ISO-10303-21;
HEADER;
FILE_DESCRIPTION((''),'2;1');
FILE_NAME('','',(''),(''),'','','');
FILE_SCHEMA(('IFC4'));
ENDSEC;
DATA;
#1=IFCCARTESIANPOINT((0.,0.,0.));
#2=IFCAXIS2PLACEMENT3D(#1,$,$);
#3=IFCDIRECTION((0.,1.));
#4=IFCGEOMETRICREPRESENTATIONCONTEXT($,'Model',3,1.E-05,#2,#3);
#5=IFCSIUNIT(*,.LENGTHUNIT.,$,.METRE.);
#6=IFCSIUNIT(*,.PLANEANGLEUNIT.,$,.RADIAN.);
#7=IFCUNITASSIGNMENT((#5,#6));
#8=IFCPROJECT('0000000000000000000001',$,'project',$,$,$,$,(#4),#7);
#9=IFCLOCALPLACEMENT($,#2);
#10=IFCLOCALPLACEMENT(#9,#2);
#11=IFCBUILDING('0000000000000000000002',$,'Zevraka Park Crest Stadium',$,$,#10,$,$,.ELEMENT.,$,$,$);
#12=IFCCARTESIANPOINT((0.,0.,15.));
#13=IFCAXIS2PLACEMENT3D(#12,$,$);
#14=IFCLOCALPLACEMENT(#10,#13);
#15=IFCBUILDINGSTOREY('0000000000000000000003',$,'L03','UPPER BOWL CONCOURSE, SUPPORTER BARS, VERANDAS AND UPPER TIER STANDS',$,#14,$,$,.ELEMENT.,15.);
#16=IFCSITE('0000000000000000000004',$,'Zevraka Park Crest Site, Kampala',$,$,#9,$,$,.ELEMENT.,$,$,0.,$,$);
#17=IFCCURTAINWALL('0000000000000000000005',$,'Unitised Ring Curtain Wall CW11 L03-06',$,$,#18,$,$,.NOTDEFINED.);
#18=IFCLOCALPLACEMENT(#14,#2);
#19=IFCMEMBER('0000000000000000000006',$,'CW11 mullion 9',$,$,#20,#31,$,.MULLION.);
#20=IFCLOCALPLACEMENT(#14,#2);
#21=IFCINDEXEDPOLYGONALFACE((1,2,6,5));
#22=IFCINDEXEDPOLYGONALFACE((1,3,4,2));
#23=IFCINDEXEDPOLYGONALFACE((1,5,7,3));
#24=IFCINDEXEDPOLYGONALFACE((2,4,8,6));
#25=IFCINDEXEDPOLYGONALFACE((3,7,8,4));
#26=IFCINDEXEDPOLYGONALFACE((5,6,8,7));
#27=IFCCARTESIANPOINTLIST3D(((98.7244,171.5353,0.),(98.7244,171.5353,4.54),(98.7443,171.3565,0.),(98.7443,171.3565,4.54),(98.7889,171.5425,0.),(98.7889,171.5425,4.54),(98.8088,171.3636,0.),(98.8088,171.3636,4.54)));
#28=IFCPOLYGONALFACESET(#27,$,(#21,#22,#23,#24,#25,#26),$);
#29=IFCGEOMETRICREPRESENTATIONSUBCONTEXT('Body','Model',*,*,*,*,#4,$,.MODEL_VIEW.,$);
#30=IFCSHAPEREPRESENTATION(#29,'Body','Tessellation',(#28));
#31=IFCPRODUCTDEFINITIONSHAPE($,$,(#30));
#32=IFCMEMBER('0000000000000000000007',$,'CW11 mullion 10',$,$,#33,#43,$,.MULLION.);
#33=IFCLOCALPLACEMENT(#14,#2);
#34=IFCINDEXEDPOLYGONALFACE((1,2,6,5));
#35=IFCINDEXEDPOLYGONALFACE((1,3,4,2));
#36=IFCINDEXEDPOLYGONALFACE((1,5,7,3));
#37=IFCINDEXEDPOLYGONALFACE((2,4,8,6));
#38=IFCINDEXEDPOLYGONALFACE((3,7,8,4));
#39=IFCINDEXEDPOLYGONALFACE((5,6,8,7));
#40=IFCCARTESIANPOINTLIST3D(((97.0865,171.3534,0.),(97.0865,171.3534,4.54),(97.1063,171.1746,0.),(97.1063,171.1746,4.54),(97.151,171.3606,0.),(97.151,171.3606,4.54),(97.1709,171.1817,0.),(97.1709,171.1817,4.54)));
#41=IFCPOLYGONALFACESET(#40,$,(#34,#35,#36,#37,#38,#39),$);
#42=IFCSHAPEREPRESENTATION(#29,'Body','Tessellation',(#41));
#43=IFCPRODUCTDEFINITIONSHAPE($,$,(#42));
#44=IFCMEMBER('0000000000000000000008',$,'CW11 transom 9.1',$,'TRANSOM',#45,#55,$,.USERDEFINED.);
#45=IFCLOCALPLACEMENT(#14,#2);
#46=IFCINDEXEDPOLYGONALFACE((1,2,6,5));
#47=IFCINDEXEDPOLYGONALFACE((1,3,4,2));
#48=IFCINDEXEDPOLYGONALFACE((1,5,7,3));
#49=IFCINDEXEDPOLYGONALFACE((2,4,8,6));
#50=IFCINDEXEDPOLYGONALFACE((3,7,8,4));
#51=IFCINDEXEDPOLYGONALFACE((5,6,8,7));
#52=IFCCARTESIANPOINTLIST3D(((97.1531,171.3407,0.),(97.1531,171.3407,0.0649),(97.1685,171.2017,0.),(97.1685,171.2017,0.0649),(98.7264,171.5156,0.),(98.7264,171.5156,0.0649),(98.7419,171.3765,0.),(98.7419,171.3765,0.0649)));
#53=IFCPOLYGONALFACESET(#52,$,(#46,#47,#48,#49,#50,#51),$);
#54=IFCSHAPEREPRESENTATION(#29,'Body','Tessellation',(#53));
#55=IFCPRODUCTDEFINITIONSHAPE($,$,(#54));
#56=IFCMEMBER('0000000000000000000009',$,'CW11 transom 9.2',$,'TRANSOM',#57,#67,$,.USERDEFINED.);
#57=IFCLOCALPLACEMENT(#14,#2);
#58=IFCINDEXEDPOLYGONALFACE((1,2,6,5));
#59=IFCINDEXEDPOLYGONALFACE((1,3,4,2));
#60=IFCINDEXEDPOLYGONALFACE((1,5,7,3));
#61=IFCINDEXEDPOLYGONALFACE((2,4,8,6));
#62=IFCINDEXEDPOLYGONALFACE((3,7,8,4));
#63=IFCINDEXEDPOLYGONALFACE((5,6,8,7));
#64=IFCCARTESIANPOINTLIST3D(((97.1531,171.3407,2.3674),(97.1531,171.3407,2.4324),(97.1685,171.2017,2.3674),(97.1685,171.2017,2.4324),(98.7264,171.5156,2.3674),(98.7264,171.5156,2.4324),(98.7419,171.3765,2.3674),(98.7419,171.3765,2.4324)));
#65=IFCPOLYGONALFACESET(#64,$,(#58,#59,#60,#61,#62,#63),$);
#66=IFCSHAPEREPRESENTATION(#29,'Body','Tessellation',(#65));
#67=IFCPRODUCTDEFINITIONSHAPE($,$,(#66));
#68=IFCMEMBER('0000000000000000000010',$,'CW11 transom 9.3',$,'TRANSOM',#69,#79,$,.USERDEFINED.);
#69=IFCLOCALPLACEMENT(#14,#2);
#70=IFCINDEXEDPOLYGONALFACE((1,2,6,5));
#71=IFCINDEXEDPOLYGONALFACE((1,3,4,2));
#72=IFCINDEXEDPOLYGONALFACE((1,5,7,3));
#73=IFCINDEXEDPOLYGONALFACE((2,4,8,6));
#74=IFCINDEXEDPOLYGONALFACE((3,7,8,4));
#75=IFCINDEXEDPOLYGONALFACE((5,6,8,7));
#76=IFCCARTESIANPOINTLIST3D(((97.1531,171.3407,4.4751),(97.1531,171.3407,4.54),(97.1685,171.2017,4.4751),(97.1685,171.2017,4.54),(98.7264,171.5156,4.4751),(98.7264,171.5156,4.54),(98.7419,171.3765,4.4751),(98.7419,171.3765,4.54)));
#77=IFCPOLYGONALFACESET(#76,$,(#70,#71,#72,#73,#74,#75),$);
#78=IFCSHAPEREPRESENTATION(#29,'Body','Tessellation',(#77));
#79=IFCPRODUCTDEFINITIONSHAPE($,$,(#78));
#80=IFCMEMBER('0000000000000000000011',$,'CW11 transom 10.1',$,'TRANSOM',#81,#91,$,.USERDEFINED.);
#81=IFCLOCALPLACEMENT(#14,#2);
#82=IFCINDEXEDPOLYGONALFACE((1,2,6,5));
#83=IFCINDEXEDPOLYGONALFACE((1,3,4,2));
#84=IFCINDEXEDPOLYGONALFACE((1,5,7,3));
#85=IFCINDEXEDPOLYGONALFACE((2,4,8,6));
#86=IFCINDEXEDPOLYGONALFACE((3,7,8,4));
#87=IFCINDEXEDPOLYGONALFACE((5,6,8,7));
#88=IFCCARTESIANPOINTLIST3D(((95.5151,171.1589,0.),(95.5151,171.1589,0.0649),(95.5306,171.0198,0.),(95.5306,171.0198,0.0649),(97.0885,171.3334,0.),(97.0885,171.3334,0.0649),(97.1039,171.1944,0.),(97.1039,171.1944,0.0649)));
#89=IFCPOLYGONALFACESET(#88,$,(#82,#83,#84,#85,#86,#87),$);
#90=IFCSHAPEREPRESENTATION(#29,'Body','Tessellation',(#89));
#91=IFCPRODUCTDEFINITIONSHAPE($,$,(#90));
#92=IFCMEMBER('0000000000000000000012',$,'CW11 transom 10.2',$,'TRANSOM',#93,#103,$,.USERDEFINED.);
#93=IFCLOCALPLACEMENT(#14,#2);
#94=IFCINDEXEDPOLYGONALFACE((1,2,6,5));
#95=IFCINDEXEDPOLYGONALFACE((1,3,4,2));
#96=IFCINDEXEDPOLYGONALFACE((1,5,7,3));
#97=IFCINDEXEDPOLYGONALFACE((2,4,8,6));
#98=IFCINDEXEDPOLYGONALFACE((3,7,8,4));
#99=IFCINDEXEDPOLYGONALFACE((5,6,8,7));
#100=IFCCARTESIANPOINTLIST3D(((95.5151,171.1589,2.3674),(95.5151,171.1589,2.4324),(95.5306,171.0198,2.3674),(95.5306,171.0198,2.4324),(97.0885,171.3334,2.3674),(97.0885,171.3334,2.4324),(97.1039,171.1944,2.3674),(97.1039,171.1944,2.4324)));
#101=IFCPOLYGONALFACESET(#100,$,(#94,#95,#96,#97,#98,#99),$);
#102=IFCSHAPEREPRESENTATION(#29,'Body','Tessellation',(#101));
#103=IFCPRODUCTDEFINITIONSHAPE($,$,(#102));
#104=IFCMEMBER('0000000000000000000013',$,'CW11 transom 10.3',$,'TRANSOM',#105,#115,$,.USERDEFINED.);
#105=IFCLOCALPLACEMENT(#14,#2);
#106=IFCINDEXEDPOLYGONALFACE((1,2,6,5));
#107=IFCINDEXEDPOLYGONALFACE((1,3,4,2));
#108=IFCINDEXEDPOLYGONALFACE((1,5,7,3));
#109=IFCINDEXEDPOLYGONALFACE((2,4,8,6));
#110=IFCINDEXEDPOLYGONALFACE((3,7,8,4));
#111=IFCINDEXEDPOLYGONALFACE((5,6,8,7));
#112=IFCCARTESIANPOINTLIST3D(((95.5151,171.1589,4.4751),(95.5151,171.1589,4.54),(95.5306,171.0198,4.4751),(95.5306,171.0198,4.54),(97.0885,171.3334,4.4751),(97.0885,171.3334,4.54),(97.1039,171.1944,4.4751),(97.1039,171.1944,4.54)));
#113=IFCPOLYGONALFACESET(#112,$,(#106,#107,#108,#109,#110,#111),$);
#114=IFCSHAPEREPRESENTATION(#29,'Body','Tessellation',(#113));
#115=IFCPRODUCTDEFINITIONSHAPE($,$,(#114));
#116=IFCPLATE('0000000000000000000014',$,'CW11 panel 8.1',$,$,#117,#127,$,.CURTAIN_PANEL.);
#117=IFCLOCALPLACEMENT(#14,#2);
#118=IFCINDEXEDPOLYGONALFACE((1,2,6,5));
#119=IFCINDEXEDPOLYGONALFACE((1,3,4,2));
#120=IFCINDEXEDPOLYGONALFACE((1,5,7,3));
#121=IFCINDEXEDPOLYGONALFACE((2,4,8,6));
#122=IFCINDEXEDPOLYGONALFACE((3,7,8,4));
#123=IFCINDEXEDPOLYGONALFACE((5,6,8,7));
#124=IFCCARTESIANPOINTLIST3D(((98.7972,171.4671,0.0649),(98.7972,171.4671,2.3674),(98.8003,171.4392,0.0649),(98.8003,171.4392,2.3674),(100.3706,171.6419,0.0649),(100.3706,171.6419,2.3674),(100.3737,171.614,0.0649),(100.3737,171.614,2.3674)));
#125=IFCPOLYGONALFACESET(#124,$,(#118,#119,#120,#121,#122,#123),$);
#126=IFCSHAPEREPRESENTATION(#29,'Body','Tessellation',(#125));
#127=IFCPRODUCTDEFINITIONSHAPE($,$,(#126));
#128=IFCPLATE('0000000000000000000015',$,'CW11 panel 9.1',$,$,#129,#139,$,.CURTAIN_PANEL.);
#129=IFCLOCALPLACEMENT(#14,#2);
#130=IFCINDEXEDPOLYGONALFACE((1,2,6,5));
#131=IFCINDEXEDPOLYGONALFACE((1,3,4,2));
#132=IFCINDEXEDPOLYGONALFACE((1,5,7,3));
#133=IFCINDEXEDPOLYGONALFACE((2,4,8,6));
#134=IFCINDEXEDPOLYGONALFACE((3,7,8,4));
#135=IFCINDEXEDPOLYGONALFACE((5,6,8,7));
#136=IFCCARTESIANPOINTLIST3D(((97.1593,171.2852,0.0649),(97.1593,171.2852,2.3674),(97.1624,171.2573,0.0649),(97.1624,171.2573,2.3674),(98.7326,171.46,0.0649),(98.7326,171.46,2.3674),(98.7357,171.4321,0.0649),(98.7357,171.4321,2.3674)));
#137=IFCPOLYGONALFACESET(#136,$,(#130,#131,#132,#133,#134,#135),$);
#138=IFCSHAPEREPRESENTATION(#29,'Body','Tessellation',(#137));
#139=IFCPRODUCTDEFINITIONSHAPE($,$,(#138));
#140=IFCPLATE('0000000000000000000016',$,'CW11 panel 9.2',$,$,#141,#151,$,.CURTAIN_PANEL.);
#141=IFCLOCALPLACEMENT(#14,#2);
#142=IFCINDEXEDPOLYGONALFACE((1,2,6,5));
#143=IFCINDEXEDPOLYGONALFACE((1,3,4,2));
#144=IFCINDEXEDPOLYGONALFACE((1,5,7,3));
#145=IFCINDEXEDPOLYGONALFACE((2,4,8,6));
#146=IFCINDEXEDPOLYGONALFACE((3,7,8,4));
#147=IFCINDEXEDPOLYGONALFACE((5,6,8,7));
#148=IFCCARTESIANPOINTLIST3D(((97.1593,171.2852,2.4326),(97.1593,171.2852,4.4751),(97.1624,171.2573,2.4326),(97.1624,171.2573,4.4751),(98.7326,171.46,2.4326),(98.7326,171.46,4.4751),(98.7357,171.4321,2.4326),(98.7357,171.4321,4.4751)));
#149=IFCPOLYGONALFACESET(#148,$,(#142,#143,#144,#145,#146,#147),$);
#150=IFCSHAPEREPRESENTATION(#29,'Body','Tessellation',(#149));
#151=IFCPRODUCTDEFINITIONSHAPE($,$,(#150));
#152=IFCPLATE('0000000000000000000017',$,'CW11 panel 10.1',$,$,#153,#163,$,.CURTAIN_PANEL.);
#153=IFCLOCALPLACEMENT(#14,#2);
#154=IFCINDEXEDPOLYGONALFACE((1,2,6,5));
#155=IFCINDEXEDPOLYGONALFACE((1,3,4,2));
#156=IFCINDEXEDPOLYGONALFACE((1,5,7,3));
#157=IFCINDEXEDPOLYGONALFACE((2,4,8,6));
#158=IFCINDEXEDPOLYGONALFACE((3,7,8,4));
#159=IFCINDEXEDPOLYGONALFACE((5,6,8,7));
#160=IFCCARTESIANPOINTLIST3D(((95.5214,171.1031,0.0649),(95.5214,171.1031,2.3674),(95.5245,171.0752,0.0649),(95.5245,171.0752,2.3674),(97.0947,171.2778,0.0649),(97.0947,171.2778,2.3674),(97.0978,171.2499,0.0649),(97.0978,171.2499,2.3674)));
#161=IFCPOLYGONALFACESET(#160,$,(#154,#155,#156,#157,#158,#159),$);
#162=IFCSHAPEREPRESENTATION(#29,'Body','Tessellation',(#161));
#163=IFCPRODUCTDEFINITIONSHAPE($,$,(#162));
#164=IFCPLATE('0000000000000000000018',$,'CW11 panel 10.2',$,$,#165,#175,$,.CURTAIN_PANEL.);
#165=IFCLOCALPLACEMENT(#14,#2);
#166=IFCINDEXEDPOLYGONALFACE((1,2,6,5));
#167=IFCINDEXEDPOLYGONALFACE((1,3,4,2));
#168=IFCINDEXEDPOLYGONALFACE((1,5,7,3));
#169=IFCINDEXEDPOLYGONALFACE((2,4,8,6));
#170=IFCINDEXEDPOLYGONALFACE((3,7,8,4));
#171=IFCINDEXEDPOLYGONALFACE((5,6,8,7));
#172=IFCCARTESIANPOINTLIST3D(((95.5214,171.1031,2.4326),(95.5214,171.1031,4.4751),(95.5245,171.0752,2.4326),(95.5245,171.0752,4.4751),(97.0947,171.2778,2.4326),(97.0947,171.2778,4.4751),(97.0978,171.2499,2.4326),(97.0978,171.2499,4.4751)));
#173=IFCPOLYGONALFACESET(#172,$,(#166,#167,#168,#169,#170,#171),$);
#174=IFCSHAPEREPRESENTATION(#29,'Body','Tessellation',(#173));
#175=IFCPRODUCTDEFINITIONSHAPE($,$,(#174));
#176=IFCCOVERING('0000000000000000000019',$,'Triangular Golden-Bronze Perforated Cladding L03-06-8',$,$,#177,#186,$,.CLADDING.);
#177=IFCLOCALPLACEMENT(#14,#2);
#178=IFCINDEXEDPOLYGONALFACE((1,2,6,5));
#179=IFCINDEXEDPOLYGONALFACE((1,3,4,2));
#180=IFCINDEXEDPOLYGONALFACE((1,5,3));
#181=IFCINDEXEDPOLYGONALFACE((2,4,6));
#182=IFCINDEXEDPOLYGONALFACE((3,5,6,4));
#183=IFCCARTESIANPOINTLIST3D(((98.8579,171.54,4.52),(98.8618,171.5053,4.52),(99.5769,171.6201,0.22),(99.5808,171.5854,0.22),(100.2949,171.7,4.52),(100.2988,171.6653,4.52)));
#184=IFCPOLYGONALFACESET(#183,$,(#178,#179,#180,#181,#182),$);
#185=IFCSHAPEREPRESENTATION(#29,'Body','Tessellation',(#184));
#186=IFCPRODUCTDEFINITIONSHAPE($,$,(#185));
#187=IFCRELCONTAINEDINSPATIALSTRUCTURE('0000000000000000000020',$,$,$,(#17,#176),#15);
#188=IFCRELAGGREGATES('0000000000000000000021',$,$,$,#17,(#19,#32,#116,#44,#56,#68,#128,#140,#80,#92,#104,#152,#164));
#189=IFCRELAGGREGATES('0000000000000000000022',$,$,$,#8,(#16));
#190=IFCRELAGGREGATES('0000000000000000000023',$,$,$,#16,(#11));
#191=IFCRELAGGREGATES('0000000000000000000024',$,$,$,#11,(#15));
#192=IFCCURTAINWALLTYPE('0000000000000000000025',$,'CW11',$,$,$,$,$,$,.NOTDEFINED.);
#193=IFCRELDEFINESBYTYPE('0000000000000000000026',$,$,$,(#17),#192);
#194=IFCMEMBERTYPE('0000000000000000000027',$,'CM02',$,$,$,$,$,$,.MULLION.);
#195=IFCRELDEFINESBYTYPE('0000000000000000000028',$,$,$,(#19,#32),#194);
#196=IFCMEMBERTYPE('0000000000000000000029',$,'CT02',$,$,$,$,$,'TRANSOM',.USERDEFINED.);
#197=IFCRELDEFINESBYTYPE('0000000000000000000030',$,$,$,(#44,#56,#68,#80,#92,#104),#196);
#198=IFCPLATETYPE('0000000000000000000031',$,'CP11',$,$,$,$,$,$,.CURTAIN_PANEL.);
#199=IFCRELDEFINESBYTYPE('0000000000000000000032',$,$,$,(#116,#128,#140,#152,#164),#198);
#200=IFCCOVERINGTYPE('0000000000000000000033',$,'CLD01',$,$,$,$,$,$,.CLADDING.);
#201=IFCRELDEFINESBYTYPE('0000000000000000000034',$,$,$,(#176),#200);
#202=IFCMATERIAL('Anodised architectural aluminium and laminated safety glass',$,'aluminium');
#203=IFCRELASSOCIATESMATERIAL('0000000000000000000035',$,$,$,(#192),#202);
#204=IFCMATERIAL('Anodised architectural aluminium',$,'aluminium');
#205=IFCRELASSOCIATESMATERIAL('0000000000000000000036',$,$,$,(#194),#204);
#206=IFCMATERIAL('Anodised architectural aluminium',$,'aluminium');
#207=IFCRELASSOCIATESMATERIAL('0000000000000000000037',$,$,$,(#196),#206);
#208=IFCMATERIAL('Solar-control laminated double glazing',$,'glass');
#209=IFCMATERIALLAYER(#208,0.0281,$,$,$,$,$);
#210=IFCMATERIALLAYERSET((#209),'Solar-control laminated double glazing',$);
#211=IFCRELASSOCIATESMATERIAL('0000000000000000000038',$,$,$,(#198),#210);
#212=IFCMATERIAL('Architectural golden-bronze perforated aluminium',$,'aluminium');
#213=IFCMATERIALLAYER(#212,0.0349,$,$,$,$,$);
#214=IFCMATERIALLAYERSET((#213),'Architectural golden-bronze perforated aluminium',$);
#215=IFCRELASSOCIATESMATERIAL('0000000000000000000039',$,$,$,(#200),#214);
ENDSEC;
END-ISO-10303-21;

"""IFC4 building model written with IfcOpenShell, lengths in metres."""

from ifc_helpers import new_model, si_unit, direction, frame, origin, origin_2d, place, context, subcontext, project, spatial, polyline, rectangle, outline, extrude, material, layer, layer_set, material_profile, profile_set, type_object, element, aggregate, save


model = new_model("IFC4")

# Units and contexts
model_context = context("Model", 3, precision=1e-05, world=origin(), true_north=direction((0.0, 1.0)))
body_context = subcontext(model_context, "Body", "Model", "MODEL_VIEW")
ifc_project = project(units=[si_unit("LENGTHUNIT", "METRE"), si_unit("PLANEANGLEUNIT", "RADIAN")], contexts=[model_context])

# Site, building, storey
site_placement = place(None, origin())
site = spatial("IfcSite", under=ifc_project, at=site_placement, Name="Zevraka Park Crest Site, Kampala", CompositionType="ELEMENT", RefElevation=0.0)
building_placement = place(site_placement, origin())
building = spatial("IfcBuilding", under=site, at=building_placement, Name="Zevraka Park Crest Stadium", CompositionType="ELEMENT")
storey_placement = place(building_placement, frame((0.0, 0.0, 15.0)))
storey = spatial("IfcBuildingStorey", under=building, at=storey_placement, Name="L03", Description="UPPER BOWL CONCOURSE, SUPPORTER BARS, VERANDAS AND UPPER TIER STANDS", CompositionType="ELEMENT", Elevation=15.0)

# Curtain wall, members, plates
ifc_material_1 = material(Name="Anodised architectural aluminium and laminated safety glass", Category="aluminium")
curtain_wall_type = type_object("IfcCurtainWallType", Name="CW11", PredefinedType="NOTDEFINED", material=ifc_material_1)
curtain_wall_placement = place(storey_placement, origin())
curtain_wall = element("IfcCurtainWall", 1, at=curtain_wall_placement, inside=storey, type_object=curtain_wall_type, Name="Unitised Ring Curtain Wall CW11 L03-06", PredefinedType="NOTDEFINED")
ifc_material_2 = material(Name="Anodised architectural aluminium", Category="aluminium")
ifc_material_profile_1 = material_profile(ifc_material_2, rectangle(XDim=0.1799, YDim=0.0649, at=origin_2d()), Name="ALU MULLION 180x65")
ifc_profile_set_1 = profile_set([ifc_material_profile_1], Name="Anodised architectural aluminium")
member_type_1 = type_object("IfcMemberType", Name="CM02", PredefinedType="MULLION", material=ifc_profile_set_1)
member_1_placement = place(storey_placement, frame((98.7666, 171.4495, 0.0), z_axis=(0.0, 0.0, 1.0), x_axis=(0.110396, -0.993888, 0.0)))
member_1 = element("IfcMember", 2, at=member_1_placement, type_object=member_type_1, Name="CW11 mullion 9", PredefinedType="MULLION", context=body_context, shape_type="SweptSolid", body=[
    extrude(rectangle(XDim=0.1799, YDim=0.0649, at=origin_2d()), origin(), (0.0, 0.0, 1.0), 4.54),
])
member_2_placement = place(storey_placement, frame((97.1287, 171.2676, 0.0), z_axis=(0.0, 0.0, 1.0), x_axis=(0.110396, -0.993888, 0.0)))
member_2 = element("IfcMember", 3, at=member_2_placement, type_object=member_type_1, Name="CW11 mullion 10", PredefinedType="MULLION", context=body_context, shape_type="SweptSolid", body=[
    extrude(rectangle(XDim=0.1799, YDim=0.0649, at=origin_2d()), origin(), (0.0, 0.0, 1.0), 4.54),
])
ifc_material_3 = material(Name="Anodised architectural aluminium", Category="aluminium")
ifc_material_profile_2 = material_profile(ifc_material_3, rectangle(XDim=0.1399, YDim=0.0649, at=origin_2d()), Name="ALU TRANSOM 140x65")
ifc_profile_set_2 = profile_set([ifc_material_profile_2], Name="Anodised architectural aluminium")
member_type_2 = type_object("IfcMemberType", Name="CT02", ElementType="TRANSOM", PredefinedType="USERDEFINED", material=ifc_profile_set_2)
member_3_placement = place(storey_placement, frame((98.7341, 171.446, 0.0325), z_axis=(-0.993884, -0.110432, 0.0), x_axis=(0.110432, -0.993884, 0.0)))
member_3 = element("IfcMember", 4, at=member_3_placement, type_object=member_type_2, Name="CW11 transom 9.1", ObjectType="TRANSOM", PredefinedType="USERDEFINED", context=body_context, shape_type="SweptSolid", body=[
    extrude(rectangle(XDim=0.1399, YDim=0.0649, at=origin_2d()), origin(), (0.0, 0.0, 1.0), 1.583),
])
member_4_placement = place(storey_placement, frame((98.7341, 171.446, 2.3999), z_axis=(-0.993884, -0.110432, 0.0), x_axis=(0.110432, -0.993884, 0.0)))
member_4 = element("IfcMember", 5, at=member_4_placement, type_object=member_type_2, Name="CW11 transom 9.2", ObjectType="TRANSOM", PredefinedType="USERDEFINED", context=body_context, shape_type="SweptSolid", body=[
    extrude(rectangle(XDim=0.1399, YDim=0.0649, at=origin_2d()), origin(), (0.0, 0.0, 1.0), 1.583),
])
member_5_placement = place(storey_placement, frame((98.7341, 171.446, 4.5076), z_axis=(-0.993884, -0.110432, 0.0), x_axis=(0.110432, -0.993884, 0.0)))
member_5 = element("IfcMember", 6, at=member_5_placement, type_object=member_type_2, Name="CW11 transom 9.3", ObjectType="TRANSOM", PredefinedType="USERDEFINED", context=body_context, shape_type="SweptSolid", body=[
    extrude(rectangle(XDim=0.1399, YDim=0.0649, at=origin_2d()), origin(), (0.0, 0.0, 1.0), 1.583),
])
member_6_placement = place(storey_placement, frame((97.0962, 171.2639, 0.0325), z_axis=(-0.993901, -0.110279, 0.0), x_axis=(0.110279, -0.993901, 0.0)))
member_6 = element("IfcMember", 7, at=member_6_placement, type_object=member_type_2, Name="CW11 transom 10.1", ObjectType="TRANSOM", PredefinedType="USERDEFINED", context=body_context, shape_type="SweptSolid", body=[
    extrude(rectangle(XDim=0.1399, YDim=0.0649, at=origin_2d()), origin(), (0.0, 0.0, 1.0), 1.583),
])
member_7_placement = place(storey_placement, frame((97.0962, 171.2639, 2.3999), z_axis=(-0.993901, -0.110279, 0.0), x_axis=(0.110279, -0.993901, 0.0)))
member_7 = element("IfcMember", 8, at=member_7_placement, type_object=member_type_2, Name="CW11 transom 10.2", ObjectType="TRANSOM", PredefinedType="USERDEFINED", context=body_context, shape_type="SweptSolid", body=[
    extrude(rectangle(XDim=0.1399, YDim=0.0649, at=origin_2d()), origin(), (0.0, 0.0, 1.0), 1.583),
])
member_8_placement = place(storey_placement, frame((97.0962, 171.2639, 4.5076), z_axis=(-0.993901, -0.110279, 0.0), x_axis=(0.110279, -0.993901, 0.0)))
member_8 = element("IfcMember", 9, at=member_8_placement, type_object=member_type_2, Name="CW11 transom 10.3", ObjectType="TRANSOM", PredefinedType="USERDEFINED", context=body_context, shape_type="SweptSolid", body=[
    extrude(rectangle(XDim=0.1399, YDim=0.0649, at=origin_2d()), origin(), (0.0, 0.0, 1.0), 1.583),
])
ifc_material_4 = material(Name="Solar-control laminated double glazing", Category="glass")
ifc_layer_1 = layer(ifc_material_4, 0.0281)
ifc_layer_set_1 = layer_set([ifc_layer_1], Name="Solar-control laminated double glazing")
plate_type = type_object("IfcPlateType", Name="CP11", PredefinedType="CURTAIN_PANEL", material=ifc_layer_set_1)
plate_1_placement = place(storey_placement, frame((99.5854, 171.5405, 0.0649), z_axis=(0.0, 0.0, 1.0), x_axis=(-0.993888, -0.110396, 0.0)))
plate_1 = element("IfcPlate", 10, at=plate_1_placement, type_object=plate_type, Name="CW11 panel 8.1", PredefinedType="CURTAIN_PANEL", context=body_context, shape_type="SweptSolid", body=[
    extrude(rectangle(XDim=1.583, YDim=0.0281, at=origin_2d()), origin(), (0.0, 0.0, 1.0), 2.3025),
])
plate_2_placement = place(storey_placement, frame((97.9475, 171.3586, 0.0649), z_axis=(0.0, 0.0, 1.0), x_axis=(-0.993888, -0.110396, 0.0)))
plate_2 = element("IfcPlate", 11, at=plate_2_placement, type_object=plate_type, Name="CW11 panel 9.1", PredefinedType="CURTAIN_PANEL", context=body_context, shape_type="SweptSolid", body=[
    extrude(rectangle(XDim=1.583, YDim=0.0281, at=origin_2d()), origin(), (0.0, 0.0, 1.0), 2.3025),
])
plate_3_placement = place(storey_placement, frame((97.9475, 171.3586, 2.4326), z_axis=(0.0, 0.0, 1.0), x_axis=(-0.993888, -0.110396, 0.0)))
plate_3 = element("IfcPlate", 12, at=plate_3_placement, type_object=plate_type, Name="CW11 panel 9.2", PredefinedType="CURTAIN_PANEL", context=body_context, shape_type="SweptSolid", body=[
    extrude(rectangle(XDim=1.583, YDim=0.0281, at=origin_2d()), origin(), (0.0, 0.0, 1.0), 2.0425),
])
plate_4_placement = place(storey_placement, frame((96.3096, 171.1765, 0.0649), z_axis=(0.0, 0.0, 1.0), x_axis=(-0.993888, -0.110396, 0.0)))
plate_4 = element("IfcPlate", 13, at=plate_4_placement, type_object=plate_type, Name="CW11 panel 10.1", PredefinedType="CURTAIN_PANEL", context=body_context, shape_type="SweptSolid", body=[
    extrude(rectangle(XDim=1.583, YDim=0.0281, at=origin_2d()), origin(), (0.0, 0.0, 1.0), 2.3025),
])
plate_5_placement = place(storey_placement, frame((96.3096, 171.1765, 2.4326), z_axis=(0.0, 0.0, 1.0), x_axis=(-0.993888, -0.110396, 0.0)))
plate_5 = element("IfcPlate", 14, at=plate_5_placement, type_object=plate_type, Name="CW11 panel 10.2", PredefinedType="CURTAIN_PANEL", context=body_context, shape_type="SweptSolid", body=[
    extrude(rectangle(XDim=1.583, YDim=0.0281, at=origin_2d()), origin(), (0.0, 0.0, 1.0), 2.0425),
])
aggregate(curtain_wall, [member_1, member_2, plate_1, member_3, member_4, member_5, plate_2, plate_3, member_6, member_7, member_8, plate_4, plate_5])

# Covering
ifc_material_5 = material(Name="Architectural golden-bronze perforated aluminium", Category="aluminium")
ifc_layer_2 = layer(ifc_material_5, 0.0349)
ifc_layer_set_2 = layer_set([ifc_layer_2], Name="Architectural golden-bronze perforated aluminium")
covering_type = type_object("IfcCoveringType", Name="CLD01", PredefinedType="CLADDING", material=ifc_layer_set_2)
covering_1_placement = place(storey_placement, frame((98.8579, 171.54, 4.52), z_axis=(-0.110598, 0.993865, 0.000016), x_axis=(0.993865, 0.110598, 0.0)))
element("IfcCovering", 15, at=covering_1_placement, inside=storey, type_object=covering_type, Name="Triangular Golden-Bronze Perforated Cladding L03-06-8", PredefinedType="CLADDING", context=body_context, shape_type="SweptSolid", body=[
    extrude(outline(polyline([(0.0, 0.0), (1.4459, 0.0), (0.7234, 4.3), (0.0, 0.0)])), origin(), (0.0, 0.0, -1.0), 0.0349),
])

save(model, "model.ifc")
